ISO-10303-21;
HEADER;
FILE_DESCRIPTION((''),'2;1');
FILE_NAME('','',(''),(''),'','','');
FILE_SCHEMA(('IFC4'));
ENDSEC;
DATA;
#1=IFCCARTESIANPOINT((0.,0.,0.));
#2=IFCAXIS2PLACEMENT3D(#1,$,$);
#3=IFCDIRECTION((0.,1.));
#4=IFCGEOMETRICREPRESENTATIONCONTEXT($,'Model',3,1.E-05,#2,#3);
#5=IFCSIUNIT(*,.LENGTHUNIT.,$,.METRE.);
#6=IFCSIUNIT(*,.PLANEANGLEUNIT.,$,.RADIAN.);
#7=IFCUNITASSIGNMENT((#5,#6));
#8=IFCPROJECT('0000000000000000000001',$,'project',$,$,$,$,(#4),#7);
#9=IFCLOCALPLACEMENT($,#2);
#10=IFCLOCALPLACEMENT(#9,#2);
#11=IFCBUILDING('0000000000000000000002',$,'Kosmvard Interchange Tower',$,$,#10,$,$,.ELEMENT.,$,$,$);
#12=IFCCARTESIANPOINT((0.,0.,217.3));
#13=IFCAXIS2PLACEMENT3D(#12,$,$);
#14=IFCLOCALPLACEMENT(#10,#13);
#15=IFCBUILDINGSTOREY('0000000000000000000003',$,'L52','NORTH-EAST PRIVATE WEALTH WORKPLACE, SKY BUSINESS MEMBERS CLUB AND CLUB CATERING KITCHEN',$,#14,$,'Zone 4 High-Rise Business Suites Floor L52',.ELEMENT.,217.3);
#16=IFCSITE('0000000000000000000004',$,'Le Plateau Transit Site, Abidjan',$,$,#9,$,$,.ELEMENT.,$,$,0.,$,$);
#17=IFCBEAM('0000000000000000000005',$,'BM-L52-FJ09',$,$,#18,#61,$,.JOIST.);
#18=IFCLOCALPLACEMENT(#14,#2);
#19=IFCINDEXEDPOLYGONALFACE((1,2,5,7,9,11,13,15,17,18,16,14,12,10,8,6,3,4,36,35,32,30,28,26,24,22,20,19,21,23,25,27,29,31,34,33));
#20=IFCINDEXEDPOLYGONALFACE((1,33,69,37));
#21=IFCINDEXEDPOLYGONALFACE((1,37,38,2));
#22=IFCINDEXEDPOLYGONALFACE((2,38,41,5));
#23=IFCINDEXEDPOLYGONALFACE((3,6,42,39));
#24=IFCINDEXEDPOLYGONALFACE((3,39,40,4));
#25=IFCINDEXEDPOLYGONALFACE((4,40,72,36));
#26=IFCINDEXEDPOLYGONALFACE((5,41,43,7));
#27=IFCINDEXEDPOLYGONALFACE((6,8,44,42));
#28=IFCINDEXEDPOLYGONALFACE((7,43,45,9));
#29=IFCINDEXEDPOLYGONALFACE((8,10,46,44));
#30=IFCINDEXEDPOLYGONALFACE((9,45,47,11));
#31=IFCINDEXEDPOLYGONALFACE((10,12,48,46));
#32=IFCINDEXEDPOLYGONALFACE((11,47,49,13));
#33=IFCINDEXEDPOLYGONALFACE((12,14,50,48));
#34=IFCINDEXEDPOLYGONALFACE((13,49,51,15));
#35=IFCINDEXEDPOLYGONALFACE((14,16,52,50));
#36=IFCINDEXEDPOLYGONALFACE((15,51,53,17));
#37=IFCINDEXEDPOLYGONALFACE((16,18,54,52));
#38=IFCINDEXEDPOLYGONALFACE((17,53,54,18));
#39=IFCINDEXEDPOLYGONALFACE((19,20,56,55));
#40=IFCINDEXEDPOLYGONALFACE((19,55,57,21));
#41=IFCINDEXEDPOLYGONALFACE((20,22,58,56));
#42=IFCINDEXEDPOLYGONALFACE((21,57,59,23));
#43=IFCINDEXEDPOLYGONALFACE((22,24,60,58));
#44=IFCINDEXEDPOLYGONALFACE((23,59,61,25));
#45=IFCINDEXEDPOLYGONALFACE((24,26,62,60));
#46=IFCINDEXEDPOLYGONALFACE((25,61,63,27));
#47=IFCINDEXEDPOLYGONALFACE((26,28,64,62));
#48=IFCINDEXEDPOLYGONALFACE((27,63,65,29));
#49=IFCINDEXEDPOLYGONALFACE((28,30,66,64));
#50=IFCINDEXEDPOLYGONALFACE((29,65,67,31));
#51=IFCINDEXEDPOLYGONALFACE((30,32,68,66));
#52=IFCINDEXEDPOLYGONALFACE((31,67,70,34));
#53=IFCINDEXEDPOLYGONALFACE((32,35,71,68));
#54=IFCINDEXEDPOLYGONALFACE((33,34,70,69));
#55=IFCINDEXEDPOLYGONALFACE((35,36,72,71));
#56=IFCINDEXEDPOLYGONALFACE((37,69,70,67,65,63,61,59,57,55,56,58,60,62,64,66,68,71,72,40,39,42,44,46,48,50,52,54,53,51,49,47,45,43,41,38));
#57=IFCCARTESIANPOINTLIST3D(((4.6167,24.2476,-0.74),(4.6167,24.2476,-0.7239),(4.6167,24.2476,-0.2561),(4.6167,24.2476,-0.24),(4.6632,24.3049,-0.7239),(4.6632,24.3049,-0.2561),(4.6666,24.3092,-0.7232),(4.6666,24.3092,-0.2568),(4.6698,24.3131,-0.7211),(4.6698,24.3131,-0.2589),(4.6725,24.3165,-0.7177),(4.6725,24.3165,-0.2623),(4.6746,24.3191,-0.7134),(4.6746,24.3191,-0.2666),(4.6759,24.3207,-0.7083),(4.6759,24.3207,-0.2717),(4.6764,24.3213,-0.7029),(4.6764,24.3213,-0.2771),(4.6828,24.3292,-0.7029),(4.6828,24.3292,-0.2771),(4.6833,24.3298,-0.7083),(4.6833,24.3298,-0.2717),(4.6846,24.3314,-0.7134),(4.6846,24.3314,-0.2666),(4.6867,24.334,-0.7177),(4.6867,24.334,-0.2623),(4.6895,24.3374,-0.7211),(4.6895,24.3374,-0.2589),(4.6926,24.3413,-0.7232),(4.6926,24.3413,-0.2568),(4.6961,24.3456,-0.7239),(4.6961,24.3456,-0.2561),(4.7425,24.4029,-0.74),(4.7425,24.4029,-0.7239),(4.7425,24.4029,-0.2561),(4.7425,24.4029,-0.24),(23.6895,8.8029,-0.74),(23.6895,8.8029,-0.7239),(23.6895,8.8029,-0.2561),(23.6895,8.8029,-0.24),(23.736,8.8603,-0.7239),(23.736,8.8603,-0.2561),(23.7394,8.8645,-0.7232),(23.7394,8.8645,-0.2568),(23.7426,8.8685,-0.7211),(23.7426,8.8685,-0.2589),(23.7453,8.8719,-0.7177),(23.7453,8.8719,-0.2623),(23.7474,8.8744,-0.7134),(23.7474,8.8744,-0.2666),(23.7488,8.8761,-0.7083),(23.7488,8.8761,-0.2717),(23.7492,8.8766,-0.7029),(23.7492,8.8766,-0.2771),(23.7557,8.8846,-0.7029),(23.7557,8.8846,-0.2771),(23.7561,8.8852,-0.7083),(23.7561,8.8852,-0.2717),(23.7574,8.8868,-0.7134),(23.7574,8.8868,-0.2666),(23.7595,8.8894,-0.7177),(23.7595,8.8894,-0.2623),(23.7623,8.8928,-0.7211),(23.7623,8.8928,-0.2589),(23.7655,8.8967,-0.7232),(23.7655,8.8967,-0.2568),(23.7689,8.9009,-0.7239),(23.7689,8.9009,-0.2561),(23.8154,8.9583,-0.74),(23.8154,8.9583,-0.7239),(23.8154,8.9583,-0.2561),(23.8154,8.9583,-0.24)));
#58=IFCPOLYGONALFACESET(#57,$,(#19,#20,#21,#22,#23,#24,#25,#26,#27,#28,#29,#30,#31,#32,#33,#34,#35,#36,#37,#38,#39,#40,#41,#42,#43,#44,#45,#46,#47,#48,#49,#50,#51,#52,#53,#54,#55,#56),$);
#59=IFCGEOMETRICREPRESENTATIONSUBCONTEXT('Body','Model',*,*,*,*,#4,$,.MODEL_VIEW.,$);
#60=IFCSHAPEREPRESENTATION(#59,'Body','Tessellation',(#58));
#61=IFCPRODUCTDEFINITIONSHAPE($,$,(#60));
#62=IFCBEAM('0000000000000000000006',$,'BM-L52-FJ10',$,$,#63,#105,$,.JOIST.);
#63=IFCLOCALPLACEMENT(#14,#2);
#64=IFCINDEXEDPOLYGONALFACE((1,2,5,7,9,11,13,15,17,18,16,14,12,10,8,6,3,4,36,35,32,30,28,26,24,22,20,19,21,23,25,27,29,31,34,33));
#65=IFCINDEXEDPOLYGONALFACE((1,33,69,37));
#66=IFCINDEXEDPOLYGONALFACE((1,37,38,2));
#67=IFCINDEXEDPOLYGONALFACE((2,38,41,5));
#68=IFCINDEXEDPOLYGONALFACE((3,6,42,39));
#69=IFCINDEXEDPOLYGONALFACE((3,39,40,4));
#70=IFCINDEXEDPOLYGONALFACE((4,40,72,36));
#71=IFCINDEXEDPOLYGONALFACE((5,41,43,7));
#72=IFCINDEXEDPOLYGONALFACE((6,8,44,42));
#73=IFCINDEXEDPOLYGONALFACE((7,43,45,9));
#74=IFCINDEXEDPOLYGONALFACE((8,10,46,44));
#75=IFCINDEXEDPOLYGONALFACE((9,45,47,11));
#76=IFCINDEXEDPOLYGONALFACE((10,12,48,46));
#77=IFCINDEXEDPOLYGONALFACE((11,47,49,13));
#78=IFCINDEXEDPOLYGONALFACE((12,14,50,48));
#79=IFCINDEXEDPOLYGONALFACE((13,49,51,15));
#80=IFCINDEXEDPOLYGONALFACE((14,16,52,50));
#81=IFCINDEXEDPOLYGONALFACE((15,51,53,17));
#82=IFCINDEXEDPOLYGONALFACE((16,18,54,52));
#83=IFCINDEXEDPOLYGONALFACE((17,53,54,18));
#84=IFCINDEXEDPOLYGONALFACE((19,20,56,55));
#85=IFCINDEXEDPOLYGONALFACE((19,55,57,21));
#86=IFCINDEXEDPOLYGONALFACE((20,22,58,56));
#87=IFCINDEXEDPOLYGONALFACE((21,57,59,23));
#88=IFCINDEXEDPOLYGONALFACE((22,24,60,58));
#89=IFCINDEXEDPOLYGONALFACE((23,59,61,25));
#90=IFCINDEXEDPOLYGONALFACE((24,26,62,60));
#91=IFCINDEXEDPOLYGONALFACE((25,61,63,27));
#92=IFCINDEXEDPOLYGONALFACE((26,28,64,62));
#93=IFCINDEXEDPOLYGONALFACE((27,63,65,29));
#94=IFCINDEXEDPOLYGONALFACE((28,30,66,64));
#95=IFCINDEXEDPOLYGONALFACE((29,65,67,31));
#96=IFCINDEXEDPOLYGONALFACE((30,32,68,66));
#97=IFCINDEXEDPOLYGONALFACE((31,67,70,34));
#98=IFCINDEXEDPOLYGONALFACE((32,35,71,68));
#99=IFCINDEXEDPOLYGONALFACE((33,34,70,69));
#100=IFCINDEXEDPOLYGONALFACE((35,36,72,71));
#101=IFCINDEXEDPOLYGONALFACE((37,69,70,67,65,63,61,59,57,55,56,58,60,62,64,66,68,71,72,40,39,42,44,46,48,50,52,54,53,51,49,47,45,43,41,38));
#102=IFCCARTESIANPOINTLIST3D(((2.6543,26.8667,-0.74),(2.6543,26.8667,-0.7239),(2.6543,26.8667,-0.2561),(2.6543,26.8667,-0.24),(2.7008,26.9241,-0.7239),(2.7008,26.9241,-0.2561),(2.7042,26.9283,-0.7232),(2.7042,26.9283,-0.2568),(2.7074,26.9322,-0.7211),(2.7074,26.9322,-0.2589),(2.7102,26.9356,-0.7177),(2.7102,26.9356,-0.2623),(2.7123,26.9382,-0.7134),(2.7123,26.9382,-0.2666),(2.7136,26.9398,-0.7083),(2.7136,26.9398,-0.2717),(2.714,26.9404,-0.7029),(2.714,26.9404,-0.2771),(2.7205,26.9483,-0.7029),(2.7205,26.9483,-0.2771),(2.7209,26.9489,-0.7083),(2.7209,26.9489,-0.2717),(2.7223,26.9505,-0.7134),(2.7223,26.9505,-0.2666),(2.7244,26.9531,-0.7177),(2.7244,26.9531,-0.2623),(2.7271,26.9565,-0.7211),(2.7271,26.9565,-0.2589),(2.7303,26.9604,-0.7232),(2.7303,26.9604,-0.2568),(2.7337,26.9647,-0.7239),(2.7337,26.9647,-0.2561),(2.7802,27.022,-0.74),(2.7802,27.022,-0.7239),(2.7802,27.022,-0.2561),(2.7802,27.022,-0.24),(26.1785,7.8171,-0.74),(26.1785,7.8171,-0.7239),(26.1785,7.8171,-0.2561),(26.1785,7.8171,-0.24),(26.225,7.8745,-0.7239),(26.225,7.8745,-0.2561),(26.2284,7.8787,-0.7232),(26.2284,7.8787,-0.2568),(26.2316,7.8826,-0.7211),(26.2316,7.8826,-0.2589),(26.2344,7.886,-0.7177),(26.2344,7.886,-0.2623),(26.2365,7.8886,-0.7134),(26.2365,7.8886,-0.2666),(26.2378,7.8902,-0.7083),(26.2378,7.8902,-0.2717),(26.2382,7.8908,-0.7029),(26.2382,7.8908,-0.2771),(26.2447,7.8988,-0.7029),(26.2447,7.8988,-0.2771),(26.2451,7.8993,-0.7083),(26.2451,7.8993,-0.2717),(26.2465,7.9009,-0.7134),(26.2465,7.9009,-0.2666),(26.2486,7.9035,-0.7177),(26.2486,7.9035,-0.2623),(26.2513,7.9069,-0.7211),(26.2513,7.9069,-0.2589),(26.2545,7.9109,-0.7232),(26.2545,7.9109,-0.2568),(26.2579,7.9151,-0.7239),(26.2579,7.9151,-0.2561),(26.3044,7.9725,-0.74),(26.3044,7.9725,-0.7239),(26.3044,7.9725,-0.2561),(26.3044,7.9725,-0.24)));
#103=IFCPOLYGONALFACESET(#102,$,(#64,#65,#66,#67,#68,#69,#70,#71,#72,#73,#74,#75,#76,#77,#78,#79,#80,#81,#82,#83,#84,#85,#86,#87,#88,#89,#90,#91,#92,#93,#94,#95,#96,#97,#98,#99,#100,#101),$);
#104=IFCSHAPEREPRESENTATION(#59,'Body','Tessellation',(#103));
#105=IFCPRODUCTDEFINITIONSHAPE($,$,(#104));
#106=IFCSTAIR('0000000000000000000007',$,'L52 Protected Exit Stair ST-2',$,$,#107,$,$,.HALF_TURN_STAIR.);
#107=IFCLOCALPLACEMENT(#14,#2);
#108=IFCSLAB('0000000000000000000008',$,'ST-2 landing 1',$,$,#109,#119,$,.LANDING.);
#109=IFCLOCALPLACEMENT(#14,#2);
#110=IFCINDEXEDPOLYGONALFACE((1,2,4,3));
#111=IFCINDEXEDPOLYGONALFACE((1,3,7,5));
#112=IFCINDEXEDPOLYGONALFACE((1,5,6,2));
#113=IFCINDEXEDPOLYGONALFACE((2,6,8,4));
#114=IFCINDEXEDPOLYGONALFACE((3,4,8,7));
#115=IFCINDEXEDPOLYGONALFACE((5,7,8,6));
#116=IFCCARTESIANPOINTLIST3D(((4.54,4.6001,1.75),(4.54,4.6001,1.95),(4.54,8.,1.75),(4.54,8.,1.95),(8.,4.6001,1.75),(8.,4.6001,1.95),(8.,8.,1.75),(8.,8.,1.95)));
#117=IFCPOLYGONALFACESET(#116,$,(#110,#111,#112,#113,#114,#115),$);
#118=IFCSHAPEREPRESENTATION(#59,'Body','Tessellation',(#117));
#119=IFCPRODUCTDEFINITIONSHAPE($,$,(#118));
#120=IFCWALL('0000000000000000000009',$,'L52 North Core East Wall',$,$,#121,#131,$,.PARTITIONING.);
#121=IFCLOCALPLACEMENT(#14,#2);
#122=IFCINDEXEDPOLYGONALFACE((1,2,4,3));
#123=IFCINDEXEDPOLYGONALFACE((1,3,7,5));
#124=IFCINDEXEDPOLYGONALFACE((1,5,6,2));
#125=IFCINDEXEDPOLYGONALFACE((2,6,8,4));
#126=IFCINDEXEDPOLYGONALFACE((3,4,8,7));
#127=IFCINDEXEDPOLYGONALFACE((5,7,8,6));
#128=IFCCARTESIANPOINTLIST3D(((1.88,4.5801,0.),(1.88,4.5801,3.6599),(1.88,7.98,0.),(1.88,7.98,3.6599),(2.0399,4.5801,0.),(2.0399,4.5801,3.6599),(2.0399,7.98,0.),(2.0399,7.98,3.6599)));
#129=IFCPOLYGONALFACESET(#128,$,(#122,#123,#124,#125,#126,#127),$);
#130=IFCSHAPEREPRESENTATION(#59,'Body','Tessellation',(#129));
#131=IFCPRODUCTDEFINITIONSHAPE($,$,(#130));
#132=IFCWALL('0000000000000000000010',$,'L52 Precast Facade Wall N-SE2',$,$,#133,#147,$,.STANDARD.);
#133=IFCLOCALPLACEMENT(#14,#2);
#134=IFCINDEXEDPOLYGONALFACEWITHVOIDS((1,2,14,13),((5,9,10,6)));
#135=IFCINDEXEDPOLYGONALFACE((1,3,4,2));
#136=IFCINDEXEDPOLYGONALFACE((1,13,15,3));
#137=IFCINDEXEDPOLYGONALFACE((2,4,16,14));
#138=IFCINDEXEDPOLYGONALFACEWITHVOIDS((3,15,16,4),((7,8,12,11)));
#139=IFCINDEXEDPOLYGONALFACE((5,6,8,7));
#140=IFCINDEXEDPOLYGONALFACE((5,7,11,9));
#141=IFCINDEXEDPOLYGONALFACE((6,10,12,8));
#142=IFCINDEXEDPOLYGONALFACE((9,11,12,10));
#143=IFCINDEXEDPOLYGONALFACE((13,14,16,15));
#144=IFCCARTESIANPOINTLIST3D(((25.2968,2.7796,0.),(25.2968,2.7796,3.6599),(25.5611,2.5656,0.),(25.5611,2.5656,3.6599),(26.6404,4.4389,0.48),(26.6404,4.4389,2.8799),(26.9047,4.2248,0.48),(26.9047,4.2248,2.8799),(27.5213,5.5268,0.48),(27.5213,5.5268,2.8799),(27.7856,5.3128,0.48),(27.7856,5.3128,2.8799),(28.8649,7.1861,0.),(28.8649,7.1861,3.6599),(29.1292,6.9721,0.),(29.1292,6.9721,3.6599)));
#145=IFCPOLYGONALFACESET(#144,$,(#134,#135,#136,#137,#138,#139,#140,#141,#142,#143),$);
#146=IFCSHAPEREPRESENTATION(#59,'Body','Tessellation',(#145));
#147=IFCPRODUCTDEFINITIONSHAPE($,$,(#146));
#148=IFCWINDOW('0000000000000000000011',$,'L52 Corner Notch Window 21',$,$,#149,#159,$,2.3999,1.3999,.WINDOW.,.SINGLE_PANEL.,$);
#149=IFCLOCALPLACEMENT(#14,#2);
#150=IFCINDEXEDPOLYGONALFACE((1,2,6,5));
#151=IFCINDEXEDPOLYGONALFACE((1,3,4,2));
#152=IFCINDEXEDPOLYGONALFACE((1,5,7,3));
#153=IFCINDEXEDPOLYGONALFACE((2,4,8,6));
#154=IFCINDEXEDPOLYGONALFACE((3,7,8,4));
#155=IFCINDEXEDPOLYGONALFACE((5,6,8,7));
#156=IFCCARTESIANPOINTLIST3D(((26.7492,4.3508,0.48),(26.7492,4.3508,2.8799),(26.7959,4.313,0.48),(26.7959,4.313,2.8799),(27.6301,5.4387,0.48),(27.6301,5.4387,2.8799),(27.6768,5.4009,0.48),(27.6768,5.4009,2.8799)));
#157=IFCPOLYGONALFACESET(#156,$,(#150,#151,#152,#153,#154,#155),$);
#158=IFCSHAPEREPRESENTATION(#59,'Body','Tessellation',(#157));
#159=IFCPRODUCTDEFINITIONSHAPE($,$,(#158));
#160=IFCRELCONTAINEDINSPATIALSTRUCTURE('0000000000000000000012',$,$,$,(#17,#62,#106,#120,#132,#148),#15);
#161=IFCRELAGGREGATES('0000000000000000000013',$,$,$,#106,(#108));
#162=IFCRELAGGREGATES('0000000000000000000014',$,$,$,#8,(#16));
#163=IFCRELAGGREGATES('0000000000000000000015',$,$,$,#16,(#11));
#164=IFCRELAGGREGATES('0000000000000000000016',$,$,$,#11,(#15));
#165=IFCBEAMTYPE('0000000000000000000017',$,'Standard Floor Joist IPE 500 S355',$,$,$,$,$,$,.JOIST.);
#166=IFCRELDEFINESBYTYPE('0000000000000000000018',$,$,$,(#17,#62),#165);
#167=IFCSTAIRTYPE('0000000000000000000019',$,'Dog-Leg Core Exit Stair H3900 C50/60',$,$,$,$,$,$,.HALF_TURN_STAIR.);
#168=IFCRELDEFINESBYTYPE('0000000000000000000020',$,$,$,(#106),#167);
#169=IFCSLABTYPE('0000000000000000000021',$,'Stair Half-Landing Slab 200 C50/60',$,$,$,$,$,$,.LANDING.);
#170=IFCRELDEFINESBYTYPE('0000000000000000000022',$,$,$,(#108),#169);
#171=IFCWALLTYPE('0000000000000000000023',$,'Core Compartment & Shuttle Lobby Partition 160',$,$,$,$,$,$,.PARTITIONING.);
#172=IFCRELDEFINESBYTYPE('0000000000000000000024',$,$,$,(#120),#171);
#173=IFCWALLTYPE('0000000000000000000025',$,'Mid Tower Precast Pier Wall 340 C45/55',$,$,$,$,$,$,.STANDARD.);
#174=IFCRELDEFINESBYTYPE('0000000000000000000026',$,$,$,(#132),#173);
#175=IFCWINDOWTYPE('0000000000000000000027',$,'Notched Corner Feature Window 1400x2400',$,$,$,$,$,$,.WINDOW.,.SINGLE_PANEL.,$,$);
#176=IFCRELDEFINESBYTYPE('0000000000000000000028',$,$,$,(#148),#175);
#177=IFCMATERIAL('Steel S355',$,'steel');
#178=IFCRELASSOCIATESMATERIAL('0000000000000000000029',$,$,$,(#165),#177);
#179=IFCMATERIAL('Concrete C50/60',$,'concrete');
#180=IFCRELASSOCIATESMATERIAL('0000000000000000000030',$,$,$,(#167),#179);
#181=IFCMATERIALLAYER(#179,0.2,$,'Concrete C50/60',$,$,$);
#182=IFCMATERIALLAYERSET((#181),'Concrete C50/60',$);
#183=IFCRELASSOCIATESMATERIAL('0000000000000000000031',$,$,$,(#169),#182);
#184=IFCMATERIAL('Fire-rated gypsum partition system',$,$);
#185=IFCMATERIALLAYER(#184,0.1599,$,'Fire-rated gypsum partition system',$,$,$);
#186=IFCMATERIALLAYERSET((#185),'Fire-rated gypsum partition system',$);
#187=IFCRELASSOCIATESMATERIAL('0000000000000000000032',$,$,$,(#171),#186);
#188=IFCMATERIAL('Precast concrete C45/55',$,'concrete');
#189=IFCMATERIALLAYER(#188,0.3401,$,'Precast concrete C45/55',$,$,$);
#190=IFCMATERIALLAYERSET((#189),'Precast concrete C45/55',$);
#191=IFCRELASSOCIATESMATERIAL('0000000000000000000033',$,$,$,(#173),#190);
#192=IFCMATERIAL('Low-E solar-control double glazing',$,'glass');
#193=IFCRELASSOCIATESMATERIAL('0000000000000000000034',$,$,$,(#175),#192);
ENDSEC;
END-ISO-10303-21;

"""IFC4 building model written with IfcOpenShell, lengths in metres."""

from ifc_helpers import new_model, si_unit, direction, frame, frame_2d, origin, origin_2d, place, context, subcontext, project, spatial, polyline, rectangle, i_section, outline, extrude, source, transform, mapped, material, layer, layer_set, material_profile, profile_set, type_object, element, fill, aggregate, save


model = new_model("IFC4")

# Units and contexts
model_context = context("Model", 3, precision=1e-05, world=origin(), true_north=direction((0.0, 1.0)))
body_context = subcontext(model_context, "Body", "Model", "MODEL_VIEW")
ifc_project = project(units=[si_unit("LENGTHUNIT", "METRE"), si_unit("PLANEANGLEUNIT", "RADIAN")], contexts=[model_context])

# Site, building, storey
site_placement = place(None, origin())
site = spatial("IfcSite", under=ifc_project, at=site_placement, Name="Le Plateau Transit Site, Abidjan", CompositionType="ELEMENT", RefElevation=0.0)
building_placement = place(site_placement, origin())
building = spatial("IfcBuilding", under=site, at=building_placement, Name="Kosmvard Interchange Tower", CompositionType="ELEMENT")
storey_placement = place(building_placement, frame((0.0, 0.0, 217.3)))
storey = spatial("IfcBuildingStorey", under=building, at=storey_placement, Name="L52", Description="NORTH-EAST PRIVATE WEALTH WORKPLACE, SKY BUSINESS MEMBERS CLUB AND CLUB CATERING KITCHEN", LongName="Zone 4 High-Rise Business Suites Floor L52", CompositionType="ELEMENT", Elevation=217.3)

# Shared definitions
ifc_material_1 = material(Name="Concrete C50/60", Category="concrete")

# Beams
ifc_material_2 = material(Name="Steel S355", Category="steel")
ifc_material_profile_1 = material_profile(ifc_material_2, i_section(OverallWidth=0.2, OverallDepth=0.5, WebThickness=0.0103, FlangeThickness=0.0161, FilletRadius=0.021, at=origin_2d()), Name="IPE 500")
ifc_profile_set_1 = profile_set([ifc_material_profile_1], Name="Steel S355")
beam_type_1 = type_object("IfcBeamType", Name="Standard Floor Joist IPE 500 S355", PredefinedType="JOIST", material=ifc_profile_set_1)
shared_shape_1 = source(origin(), body_context, "Body", "SweptSolid", [
    extrude(i_section(OverallWidth=0.2, OverallDepth=0.5, WebThickness=0.0103, FlangeThickness=0.0161, FilletRadius=0.021, at=origin_2d()), origin(), (0.0, 0.0, 1.0), 24.542),
])
beam_1_placement = place(storey_placement, frame((23.7524, 8.8806, -0.49), z_axis=(-0.777151, 0.629315, 0.0), x_axis=(-0.629315, -0.777151, 0.0)))
element("IfcBeam", 1, at=beam_1_placement, inside=storey, type_object=beam_type_1, Name="BM-L52-FJ09", PredefinedType="JOIST", context=body_context, shape_type="MappedRepresentation", body=[
    mapped(shared_shape_1, transform((0.0, 0.0, 0.0), scale=1.0)),
])
shared_shape_2 = source(origin(), body_context, "Body", "SweptSolid", [
    extrude(i_section(OverallWidth=0.2, OverallDepth=0.5, WebThickness=0.0103, FlangeThickness=0.0161, FilletRadius=0.021, at=origin_2d()), origin(), (0.0, 0.0, 1.0), 30.27),
])
beam_2_placement = place(storey_placement, frame((26.2415, 7.8948, -0.49), z_axis=(-0.777145, 0.629322, 0.0), x_axis=(-0.629322, -0.777145, 0.0)))
element("IfcBeam", 2, at=beam_2_placement, inside=storey, type_object=beam_type_1, Name="BM-L52-FJ10", PredefinedType="JOIST", context=body_context, shape_type="MappedRepresentation", body=[
    mapped(shared_shape_2, transform((0.0, 0.0, 0.0), scale=1.0)),
])

# Stair, slab
stair_type = type_object("IfcStairType", Name="Dog-Leg Core Exit Stair H3900 C50/60", PredefinedType="HALF_TURN_STAIR", material=ifc_material_1)
stair_placement = place(storey_placement, origin())
stair = element("IfcStair", 3, at=stair_placement, inside=storey, type_object=stair_type, Name="L52 Protected Exit Stair ST-2", PredefinedType="HALF_TURN_STAIR")
ifc_layer_1 = layer(ifc_material_1, 0.2, Name="Concrete C50/60")
ifc_layer_set_1 = layer_set([ifc_layer_1], Name="Concrete C50/60")
slab_type = type_object("IfcSlabType", Name="Stair Half-Landing Slab 200 C50/60", PredefinedType="LANDING", material=ifc_layer_set_1)
slab_placement = place(storey_placement, frame((0.0, 0.0, 1.75)))
slab = element("IfcSlab", 4, at=slab_placement, type_object=slab_type, Name="ST-2 landing 1", PredefinedType="LANDING", context=body_context, shape_type="SweptSolid", body=[
    extrude(outline(polyline([(8.0, 4.6001), (8.0, 8.0), (4.54, 8.0), (4.54, 4.6001), (8.0, 4.6001)])), origin(), (0.0, 0.0, 1.0), 0.2),
])

# Wall
ifc_material_3 = material(Name="Fire-rated gypsum partition system")
ifc_layer_2 = layer(ifc_material_3, 0.1599, Name="Fire-rated gypsum partition system")
ifc_layer_set_2 = layer_set([ifc_layer_2], Name="Fire-rated gypsum partition system")
wall_type_1 = type_object("IfcWallType", Name="Core Compartment & Shuttle Lobby Partition 160", PredefinedType="PARTITIONING", material=ifc_layer_set_2)
wall_1_placement = place(storey_placement, frame((1.96, 4.5801, 0.0), z_axis=(0.0, 0.0, 1.0), x_axis=(0.0, 1.0, 0.0)))
element("IfcWall", 5, at=wall_1_placement, inside=storey, type_object=wall_type_1, Name="L52 North Core East Wall", PredefinedType="PARTITIONING", context=body_context, shape_type="SweptSolid", body=[
    extrude(rectangle(XDim=3.3999, YDim=0.1599, at=frame_2d((1.7, 0.0))), origin(), (0.0, 0.0, 1.0), 3.6599),
])

# Wall, opening, window
ifc_material_4 = material(Name="Precast concrete C45/55", Category="concrete")
ifc_layer_3 = layer(ifc_material_4, 0.3401, Name="Precast concrete C45/55")
ifc_layer_set_3 = layer_set([ifc_layer_3], Name="Precast concrete C45/55")
wall_type_2 = type_object("IfcWallType", Name="Mid Tower Precast Pier Wall 340 C45/55", PredefinedType="STANDARD", material=ifc_layer_set_3)
wall_2_placement = place(storey_placement, frame((25.429, 2.6726, 0.0), z_axis=(0.0, 0.0, 1.0), x_axis=(0.6293, 0.777163, 0.0)))
wall_2 = element("IfcWall", 6, at=wall_2_placement, inside=storey, type_object=wall_type_2, Name="L52 Precast Facade Wall N-SE2", PredefinedType="STANDARD", context=body_context, shape_type="SweptSolid", body=[
    extrude(rectangle(XDim=5.6699, YDim=0.3401, at=frame_2d((2.835, 0.0))), origin(), (0.0, 0.0, 1.0), 3.6599),
])
opening_1_placement = place(wall_2_placement, frame((2.135, 0.0, 0.48)))
opening_1 = element("IfcOpeningElement", 7, at=opening_1_placement, cuts=wall_2, PredefinedType="OPENING", context=body_context, shape_type="SweptSolid", body=[
    extrude(rectangle(XDim=1.3999, YDim=2.3999, at=frame_2d((0.7, 1.2))), frame((0.0, 0.1802, 0.0), z_axis=(0.0, -1.0, 0.0), x_axis=(1.0, 0.0, 0.0)), (0.0, 0.0, 1.0), 0.3601),
])
ifc_material_5 = material(Name="Low-E solar-control double glazing", Category="glass")
window_type_1 = type_object("IfcWindowType", Name="Notched Corner Feature Window 1400x2400", PartitioningType="SINGLE_PANEL", PredefinedType="WINDOW", material=ifc_material_5)
shared_shape_3 = source(origin(), body_context, "Body", "SweptSolid", [
    extrude(rectangle(XDim=1.3999, YDim=2.3999, at=frame_2d((0.7, 1.2))), frame((0.0, 0.03, 0.0), z_axis=(0.0, -1.0, 0.0), x_axis=(1.0, 0.0, 0.0)), (0.0, 0.0, 1.0), 0.0601),
])
window_1_placement = place(opening_1_placement, origin())
window_1 = element("IfcWindow", 8, at=window_1_placement, inside=storey, type_object=window_type_1, Name="L52 Corner Notch Window 21", OverallHeight=2.3999, OverallWidth=1.3999, PartitioningType="SINGLE_PANEL", PredefinedType="WINDOW", context=body_context, shape_type="MappedRepresentation", body=[
    mapped(shared_shape_3, transform((0.0, 0.0, 0.0), scale=1.0)),
])
fill(opening_1, window_1)

aggregate(stair, [slab])

save(model, "model.ifc")
